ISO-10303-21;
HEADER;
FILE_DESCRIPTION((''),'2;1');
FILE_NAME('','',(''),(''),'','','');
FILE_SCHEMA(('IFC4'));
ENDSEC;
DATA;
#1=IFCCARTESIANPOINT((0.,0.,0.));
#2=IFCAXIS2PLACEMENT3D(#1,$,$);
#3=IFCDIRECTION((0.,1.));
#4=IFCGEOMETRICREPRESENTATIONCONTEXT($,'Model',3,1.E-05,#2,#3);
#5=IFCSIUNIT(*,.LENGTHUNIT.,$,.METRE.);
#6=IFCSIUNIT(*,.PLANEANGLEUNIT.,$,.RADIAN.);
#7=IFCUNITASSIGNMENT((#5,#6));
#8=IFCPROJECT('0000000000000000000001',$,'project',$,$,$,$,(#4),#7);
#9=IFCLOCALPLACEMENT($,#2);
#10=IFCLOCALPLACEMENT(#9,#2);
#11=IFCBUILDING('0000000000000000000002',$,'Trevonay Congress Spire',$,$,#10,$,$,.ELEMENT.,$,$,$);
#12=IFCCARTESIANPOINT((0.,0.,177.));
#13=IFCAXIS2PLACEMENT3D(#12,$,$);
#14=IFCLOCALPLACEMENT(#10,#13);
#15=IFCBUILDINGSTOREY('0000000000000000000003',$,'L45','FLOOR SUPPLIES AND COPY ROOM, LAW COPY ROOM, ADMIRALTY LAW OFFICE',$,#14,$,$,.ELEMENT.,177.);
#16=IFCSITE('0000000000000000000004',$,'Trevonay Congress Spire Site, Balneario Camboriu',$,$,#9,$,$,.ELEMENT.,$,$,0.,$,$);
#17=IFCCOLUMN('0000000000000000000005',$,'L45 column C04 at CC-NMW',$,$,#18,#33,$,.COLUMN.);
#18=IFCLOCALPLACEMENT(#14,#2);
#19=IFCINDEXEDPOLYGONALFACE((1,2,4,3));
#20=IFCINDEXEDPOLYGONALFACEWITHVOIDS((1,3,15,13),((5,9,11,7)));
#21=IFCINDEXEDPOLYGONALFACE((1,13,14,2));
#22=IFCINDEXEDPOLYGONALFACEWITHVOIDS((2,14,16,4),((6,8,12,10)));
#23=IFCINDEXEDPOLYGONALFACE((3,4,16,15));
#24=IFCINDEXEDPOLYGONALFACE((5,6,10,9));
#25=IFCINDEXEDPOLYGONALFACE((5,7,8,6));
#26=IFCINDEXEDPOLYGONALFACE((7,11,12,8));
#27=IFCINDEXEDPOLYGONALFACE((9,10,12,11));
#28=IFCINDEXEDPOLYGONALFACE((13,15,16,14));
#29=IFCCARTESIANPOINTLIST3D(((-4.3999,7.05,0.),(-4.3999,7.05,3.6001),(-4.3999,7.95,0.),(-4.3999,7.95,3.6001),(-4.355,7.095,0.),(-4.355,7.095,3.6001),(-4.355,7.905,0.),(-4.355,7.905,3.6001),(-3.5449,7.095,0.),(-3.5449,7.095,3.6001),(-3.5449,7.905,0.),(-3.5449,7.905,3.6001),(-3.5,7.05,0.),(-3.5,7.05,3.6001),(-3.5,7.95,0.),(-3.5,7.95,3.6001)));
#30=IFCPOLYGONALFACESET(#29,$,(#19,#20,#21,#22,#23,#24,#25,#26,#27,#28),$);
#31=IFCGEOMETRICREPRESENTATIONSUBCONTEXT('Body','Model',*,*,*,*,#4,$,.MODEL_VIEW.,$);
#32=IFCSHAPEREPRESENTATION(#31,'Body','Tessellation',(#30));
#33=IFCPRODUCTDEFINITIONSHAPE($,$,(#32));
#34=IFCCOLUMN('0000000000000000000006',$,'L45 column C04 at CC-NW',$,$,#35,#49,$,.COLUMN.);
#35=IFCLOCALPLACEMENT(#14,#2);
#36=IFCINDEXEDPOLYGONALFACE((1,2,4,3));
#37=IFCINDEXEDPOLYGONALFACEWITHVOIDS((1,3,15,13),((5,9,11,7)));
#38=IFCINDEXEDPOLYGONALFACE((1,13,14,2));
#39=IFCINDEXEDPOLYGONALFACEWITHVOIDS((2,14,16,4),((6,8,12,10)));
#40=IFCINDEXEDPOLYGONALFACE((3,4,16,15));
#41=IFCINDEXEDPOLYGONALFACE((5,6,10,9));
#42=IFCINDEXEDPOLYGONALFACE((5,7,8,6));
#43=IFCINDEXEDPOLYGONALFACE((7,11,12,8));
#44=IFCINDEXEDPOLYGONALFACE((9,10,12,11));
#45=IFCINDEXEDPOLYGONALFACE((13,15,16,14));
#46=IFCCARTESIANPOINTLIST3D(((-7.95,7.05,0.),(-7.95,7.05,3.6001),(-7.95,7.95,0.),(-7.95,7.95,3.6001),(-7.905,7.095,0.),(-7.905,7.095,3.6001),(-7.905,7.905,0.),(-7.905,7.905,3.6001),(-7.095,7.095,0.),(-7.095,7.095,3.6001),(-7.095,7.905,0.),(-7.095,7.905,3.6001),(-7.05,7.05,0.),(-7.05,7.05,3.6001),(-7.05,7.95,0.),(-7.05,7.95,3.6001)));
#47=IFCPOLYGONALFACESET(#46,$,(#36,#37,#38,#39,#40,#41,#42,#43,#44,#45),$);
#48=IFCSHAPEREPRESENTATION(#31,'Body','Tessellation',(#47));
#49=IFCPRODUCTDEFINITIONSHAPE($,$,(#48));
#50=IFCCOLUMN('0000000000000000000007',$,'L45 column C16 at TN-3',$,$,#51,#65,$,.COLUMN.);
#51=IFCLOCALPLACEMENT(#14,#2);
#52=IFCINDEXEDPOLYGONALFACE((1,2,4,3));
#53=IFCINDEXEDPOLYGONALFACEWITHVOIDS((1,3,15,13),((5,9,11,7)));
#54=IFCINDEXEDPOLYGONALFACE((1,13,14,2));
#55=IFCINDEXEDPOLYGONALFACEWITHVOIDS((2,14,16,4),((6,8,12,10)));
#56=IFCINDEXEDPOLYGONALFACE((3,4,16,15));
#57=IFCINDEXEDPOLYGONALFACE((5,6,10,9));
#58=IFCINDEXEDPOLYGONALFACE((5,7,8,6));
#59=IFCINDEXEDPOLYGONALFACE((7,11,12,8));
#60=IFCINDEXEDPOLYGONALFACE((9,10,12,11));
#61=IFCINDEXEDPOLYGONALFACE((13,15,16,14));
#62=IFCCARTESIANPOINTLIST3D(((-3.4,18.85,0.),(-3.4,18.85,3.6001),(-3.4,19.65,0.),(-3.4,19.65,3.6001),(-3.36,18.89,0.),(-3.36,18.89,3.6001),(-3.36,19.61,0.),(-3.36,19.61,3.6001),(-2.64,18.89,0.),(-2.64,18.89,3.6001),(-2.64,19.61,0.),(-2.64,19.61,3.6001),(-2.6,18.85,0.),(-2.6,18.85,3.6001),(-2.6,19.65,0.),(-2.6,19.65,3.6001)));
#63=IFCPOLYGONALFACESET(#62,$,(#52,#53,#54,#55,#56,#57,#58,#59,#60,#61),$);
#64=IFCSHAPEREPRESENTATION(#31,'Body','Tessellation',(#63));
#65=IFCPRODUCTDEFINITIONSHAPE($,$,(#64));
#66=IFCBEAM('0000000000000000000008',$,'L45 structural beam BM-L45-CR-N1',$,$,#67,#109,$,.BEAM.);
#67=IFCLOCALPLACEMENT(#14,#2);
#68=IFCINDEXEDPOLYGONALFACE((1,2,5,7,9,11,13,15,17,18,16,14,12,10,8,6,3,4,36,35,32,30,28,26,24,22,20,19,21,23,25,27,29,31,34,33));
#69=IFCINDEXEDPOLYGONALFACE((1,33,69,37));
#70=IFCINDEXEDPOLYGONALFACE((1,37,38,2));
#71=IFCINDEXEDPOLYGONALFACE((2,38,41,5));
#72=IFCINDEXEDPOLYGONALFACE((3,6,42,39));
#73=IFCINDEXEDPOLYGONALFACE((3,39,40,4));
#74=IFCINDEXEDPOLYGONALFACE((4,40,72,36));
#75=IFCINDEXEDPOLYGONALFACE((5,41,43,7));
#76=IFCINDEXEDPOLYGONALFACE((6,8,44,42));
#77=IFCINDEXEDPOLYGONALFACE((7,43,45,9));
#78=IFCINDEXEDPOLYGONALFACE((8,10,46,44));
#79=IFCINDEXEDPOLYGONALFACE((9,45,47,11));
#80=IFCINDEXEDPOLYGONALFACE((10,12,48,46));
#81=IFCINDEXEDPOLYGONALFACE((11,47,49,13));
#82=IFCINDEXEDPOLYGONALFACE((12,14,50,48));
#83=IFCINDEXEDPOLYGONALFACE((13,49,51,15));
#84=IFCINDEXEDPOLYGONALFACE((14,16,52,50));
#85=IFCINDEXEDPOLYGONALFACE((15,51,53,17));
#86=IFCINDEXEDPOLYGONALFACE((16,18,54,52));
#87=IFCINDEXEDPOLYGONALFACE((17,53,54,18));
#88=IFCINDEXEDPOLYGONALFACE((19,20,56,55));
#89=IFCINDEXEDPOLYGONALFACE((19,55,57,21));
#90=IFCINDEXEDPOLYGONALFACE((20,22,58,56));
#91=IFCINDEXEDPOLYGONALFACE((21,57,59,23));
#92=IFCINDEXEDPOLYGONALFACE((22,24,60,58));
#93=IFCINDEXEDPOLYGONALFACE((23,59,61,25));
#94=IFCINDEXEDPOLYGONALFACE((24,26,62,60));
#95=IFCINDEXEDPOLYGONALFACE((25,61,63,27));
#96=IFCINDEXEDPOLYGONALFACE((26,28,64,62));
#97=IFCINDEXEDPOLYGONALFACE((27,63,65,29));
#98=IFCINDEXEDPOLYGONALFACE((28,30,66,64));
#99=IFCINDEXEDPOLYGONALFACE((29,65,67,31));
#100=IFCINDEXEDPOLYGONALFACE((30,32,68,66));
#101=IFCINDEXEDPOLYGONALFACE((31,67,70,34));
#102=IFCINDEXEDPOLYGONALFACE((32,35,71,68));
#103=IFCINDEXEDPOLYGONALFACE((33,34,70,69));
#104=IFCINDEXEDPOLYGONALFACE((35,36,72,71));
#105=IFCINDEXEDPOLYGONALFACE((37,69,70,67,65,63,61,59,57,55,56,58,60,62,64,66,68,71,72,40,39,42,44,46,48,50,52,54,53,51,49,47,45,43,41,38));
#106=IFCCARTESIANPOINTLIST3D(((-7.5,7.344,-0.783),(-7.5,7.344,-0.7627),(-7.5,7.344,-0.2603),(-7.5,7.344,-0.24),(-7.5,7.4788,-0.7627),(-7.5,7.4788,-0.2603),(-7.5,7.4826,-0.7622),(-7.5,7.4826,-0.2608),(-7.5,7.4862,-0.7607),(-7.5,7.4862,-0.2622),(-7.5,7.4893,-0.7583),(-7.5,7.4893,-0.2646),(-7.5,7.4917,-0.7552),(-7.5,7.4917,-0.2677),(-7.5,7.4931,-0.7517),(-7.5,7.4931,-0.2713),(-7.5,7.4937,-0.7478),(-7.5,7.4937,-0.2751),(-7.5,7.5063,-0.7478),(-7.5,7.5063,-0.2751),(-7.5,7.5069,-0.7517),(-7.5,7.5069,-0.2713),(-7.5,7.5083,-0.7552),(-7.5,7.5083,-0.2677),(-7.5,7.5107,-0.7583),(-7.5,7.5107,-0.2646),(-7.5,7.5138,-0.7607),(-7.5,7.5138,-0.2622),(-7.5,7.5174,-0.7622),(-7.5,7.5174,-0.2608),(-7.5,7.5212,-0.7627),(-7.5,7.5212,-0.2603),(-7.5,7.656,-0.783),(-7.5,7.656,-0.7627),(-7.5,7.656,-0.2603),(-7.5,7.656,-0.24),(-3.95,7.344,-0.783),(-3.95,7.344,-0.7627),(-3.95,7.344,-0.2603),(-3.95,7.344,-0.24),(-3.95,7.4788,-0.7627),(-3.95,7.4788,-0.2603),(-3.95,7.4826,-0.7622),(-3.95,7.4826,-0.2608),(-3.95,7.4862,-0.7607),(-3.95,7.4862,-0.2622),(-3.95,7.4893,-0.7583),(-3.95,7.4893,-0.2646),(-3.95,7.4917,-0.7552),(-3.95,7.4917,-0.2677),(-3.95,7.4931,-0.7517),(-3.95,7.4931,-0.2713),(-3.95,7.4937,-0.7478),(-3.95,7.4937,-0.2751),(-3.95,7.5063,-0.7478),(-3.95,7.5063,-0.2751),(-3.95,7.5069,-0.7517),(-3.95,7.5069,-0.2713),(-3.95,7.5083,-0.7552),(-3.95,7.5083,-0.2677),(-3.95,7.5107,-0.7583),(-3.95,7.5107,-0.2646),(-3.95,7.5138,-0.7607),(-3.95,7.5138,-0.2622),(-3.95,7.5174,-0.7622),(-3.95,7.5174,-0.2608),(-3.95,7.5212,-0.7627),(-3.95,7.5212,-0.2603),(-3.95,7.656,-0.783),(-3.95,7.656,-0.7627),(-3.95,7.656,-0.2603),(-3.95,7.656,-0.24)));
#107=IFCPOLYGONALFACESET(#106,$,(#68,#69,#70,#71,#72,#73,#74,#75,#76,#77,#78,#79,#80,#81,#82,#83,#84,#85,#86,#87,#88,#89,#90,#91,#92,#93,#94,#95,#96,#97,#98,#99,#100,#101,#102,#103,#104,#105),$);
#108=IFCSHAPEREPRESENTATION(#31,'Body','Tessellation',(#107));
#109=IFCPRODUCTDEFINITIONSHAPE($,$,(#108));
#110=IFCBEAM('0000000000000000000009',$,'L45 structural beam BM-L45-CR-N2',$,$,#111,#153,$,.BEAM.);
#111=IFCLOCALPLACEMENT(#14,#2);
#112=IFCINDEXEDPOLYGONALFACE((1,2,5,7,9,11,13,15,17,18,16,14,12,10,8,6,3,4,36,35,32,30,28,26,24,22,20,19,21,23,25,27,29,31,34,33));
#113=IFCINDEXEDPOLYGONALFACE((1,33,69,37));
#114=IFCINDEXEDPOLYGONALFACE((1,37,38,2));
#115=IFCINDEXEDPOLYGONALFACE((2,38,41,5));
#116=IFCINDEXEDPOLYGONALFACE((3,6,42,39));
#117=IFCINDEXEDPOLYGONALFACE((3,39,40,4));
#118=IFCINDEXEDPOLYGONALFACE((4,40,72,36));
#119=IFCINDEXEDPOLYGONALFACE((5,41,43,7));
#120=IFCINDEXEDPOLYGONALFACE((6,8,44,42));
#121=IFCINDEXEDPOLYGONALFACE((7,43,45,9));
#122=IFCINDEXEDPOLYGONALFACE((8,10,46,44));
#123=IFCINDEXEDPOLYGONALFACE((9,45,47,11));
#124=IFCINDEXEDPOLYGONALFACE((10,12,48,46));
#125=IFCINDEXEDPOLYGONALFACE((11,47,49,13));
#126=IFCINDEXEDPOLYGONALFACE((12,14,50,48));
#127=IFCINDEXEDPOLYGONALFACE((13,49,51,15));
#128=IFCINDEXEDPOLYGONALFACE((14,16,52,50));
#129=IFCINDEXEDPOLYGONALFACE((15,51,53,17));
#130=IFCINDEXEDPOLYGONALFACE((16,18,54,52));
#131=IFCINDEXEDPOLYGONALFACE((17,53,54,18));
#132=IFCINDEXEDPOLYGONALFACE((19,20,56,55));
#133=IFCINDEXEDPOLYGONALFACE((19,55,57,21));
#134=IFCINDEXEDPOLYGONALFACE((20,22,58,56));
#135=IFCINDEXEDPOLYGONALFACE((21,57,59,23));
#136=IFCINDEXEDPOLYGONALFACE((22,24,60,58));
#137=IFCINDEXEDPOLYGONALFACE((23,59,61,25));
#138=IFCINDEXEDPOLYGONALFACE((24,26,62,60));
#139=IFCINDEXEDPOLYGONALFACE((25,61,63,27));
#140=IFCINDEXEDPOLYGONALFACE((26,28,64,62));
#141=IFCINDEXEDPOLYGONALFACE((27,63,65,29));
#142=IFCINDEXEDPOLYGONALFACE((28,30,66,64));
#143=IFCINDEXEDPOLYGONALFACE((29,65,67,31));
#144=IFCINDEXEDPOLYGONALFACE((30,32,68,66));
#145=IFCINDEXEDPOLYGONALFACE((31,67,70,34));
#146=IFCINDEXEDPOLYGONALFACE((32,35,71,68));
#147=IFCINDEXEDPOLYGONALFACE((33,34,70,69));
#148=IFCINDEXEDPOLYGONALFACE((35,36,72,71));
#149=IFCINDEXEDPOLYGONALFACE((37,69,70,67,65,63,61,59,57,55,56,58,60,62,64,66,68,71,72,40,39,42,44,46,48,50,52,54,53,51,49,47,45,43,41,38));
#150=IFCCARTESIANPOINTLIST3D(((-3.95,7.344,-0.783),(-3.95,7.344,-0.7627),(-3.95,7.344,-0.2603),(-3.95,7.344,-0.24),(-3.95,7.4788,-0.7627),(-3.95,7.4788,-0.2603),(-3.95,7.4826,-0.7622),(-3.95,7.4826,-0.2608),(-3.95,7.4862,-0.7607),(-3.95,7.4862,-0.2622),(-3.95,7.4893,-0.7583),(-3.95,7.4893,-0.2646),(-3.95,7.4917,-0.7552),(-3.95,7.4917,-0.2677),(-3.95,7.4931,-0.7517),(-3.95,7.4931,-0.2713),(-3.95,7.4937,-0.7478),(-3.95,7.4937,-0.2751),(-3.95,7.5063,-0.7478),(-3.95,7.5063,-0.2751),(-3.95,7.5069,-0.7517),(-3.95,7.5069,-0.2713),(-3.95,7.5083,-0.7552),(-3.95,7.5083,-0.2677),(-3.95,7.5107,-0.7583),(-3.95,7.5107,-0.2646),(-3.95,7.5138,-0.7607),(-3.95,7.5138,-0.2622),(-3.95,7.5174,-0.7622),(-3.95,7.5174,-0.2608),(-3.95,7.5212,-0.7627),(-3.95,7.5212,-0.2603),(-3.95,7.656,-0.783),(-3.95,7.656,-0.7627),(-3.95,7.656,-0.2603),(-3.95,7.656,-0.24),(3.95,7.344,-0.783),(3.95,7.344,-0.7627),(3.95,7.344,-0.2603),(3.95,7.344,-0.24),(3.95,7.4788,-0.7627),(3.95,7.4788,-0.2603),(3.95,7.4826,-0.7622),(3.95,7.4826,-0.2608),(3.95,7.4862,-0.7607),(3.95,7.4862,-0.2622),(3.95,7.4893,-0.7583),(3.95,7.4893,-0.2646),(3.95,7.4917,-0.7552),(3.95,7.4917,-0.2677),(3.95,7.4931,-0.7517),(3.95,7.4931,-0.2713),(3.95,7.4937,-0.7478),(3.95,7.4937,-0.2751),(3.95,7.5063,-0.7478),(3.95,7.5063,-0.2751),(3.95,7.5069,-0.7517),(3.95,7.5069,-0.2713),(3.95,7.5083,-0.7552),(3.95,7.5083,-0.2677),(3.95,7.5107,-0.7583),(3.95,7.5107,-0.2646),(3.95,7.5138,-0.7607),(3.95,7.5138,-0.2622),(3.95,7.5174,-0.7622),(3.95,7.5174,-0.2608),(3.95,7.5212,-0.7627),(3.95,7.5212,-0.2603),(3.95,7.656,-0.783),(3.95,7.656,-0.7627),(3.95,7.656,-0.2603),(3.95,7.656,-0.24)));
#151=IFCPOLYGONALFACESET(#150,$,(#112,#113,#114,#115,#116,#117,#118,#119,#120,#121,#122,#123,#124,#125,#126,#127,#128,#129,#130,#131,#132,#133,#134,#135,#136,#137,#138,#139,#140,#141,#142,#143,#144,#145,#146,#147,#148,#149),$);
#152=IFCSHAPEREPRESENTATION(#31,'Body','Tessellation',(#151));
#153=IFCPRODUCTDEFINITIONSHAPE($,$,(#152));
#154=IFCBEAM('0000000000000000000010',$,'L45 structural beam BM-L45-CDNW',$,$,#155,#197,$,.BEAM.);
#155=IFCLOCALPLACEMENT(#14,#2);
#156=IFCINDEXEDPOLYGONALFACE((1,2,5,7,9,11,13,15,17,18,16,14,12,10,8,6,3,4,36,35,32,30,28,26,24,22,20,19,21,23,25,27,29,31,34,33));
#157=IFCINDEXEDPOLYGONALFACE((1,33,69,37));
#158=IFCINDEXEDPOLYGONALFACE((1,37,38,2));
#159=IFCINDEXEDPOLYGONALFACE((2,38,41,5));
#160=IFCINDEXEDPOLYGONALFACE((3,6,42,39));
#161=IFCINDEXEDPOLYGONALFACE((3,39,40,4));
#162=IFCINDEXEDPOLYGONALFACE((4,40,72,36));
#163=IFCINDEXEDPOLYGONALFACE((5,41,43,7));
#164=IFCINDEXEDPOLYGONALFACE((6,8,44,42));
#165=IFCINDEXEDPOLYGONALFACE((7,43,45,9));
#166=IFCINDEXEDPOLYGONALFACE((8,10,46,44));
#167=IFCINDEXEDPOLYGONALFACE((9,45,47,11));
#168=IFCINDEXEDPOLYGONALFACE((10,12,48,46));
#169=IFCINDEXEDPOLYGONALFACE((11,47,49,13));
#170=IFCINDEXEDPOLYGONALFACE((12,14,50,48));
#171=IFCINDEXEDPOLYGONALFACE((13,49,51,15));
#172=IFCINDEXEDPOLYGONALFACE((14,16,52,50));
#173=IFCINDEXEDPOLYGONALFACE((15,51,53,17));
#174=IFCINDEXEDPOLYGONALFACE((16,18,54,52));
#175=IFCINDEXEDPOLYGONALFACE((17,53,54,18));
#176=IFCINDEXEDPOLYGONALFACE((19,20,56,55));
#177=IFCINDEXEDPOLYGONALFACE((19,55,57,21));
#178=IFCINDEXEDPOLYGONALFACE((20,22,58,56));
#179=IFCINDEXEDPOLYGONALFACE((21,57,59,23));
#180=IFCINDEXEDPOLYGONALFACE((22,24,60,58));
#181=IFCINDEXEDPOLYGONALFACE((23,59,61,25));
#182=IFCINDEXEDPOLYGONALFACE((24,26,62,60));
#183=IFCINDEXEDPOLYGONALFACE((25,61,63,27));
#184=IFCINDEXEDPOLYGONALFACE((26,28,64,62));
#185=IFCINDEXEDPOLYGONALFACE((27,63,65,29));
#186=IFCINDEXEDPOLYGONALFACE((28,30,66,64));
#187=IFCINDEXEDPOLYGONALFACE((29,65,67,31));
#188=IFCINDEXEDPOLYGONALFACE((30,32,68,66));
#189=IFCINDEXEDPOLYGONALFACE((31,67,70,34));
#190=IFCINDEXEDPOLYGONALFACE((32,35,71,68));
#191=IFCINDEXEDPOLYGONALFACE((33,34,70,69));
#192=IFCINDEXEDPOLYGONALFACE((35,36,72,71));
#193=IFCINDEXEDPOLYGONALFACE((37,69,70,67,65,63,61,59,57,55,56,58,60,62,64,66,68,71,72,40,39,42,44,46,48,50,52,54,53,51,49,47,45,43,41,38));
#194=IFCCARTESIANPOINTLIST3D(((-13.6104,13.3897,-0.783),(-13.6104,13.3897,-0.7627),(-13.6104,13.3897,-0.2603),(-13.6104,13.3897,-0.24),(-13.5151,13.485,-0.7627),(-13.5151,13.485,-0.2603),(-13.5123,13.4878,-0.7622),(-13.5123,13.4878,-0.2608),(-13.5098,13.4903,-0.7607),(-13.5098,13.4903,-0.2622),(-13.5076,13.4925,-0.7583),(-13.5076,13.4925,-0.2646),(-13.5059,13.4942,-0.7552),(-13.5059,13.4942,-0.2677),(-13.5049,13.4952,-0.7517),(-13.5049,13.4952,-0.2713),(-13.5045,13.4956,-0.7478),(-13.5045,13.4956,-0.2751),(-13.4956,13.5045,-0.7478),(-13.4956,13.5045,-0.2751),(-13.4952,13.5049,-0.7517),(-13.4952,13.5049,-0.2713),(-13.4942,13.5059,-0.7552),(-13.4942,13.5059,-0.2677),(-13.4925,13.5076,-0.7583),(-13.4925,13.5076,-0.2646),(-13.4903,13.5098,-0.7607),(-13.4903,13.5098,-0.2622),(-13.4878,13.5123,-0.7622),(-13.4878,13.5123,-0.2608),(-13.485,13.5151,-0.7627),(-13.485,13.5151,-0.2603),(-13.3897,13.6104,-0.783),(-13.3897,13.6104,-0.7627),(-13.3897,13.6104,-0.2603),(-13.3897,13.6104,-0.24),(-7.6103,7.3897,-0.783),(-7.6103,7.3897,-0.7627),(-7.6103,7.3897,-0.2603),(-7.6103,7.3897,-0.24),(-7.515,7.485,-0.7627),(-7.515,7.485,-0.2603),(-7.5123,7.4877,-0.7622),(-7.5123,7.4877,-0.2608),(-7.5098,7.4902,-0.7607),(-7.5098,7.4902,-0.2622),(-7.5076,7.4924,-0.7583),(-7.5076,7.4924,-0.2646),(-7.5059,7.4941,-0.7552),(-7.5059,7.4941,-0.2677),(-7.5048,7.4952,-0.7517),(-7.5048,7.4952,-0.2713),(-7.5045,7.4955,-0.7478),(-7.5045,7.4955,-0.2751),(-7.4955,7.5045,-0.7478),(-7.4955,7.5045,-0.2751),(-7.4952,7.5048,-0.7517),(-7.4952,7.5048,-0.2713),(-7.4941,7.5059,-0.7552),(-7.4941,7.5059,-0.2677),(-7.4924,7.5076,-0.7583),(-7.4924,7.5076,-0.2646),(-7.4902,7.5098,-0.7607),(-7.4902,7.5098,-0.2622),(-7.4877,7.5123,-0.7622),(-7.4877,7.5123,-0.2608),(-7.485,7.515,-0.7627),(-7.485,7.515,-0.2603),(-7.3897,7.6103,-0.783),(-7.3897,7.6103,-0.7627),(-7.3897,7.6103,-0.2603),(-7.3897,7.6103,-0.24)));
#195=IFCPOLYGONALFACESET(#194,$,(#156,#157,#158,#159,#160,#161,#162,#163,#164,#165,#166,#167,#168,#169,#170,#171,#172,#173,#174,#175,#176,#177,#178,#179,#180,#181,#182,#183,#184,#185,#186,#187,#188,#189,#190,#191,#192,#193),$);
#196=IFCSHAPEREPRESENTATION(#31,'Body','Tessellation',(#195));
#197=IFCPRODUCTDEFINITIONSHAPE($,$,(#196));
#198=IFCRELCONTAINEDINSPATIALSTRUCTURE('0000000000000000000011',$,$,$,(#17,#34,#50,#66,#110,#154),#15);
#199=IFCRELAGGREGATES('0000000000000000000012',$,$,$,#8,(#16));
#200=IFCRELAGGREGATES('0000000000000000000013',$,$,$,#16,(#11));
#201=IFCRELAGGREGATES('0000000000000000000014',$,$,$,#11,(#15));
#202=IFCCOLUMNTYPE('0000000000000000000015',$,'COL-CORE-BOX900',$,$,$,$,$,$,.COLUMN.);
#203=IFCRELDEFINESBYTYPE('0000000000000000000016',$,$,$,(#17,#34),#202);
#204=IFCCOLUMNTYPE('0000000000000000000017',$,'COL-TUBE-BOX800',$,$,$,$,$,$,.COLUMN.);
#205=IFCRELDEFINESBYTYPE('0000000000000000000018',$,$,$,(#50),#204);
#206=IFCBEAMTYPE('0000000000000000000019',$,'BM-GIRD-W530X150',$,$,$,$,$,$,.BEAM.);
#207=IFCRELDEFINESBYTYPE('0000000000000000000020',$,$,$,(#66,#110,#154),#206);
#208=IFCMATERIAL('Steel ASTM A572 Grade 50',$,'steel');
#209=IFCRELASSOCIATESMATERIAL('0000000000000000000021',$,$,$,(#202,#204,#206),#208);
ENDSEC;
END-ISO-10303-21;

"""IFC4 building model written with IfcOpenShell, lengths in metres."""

from ifc_helpers import new_model, si_unit, direction, frame, origin, origin_2d, place, context, subcontext, project, spatial, hollow_rectangle, i_section, extrude, material, material_profile, profile_set, type_object, element, save


model = new_model("IFC4")

# Units and contexts
model_context = context("Model", 3, precision=1e-05, world=origin(), true_north=direction((0.0, 1.0)))
body_context = subcontext(model_context, "Body", "Model", "MODEL_VIEW")
ifc_project = project(units=[si_unit("LENGTHUNIT", "METRE"), si_unit("PLANEANGLEUNIT", "RADIAN")], contexts=[model_context])

# Site, building, storey
site_placement = place(None, origin())
site = spatial("IfcSite", under=ifc_project, at=site_placement, Name="Trevonay Congress Spire Site, Balneario Camboriu", CompositionType="ELEMENT", RefElevation=0.0)
building_placement = place(site_placement, origin())
building = spatial("IfcBuilding", under=site, at=building_placement, Name="Trevonay Congress Spire", CompositionType="ELEMENT")
storey_placement = place(building_placement, frame((0.0, 0.0, 177.0)))
storey = spatial("IfcBuildingStorey", under=building, at=storey_placement, Name="L45", Description="FLOOR SUPPLIES AND COPY ROOM, LAW COPY ROOM, ADMIRALTY LAW OFFICE", CompositionType="ELEMENT", Elevation=177.0)

# Columns
ifc_material_1 = material(Name="Steel ASTM A572 Grade 50", Category="steel")
ifc_material_profile_1 = material_profile(ifc_material_1, hollow_rectangle(XDim=0.8999, YDim=0.8999, WallThickness=0.0449, at=origin_2d()), Name="BOX 900x900x45")
ifc_profile_set_1 = profile_set([ifc_material_profile_1], Name="Steel ASTM A572 Grade 50")
column_type_1 = type_object("IfcColumnType", Name="COL-CORE-BOX900", PredefinedType="COLUMN", material=ifc_profile_set_1)
for number, where, z_axis, x_axis, name in (
    (1, (-3.95, 7.5, 0.0), (0.0, 0.0, 1.0), (1.0, 0.0, 0.0), "L45 column C04 at CC-NMW"),
    (2, (-7.5, 7.5, 0.0), (0.0, 0.0, 1.0), (1.0, 0.0, 0.0), "L45 column C04 at CC-NW"),
):
    element("IfcColumn", number, at=place(storey_placement, frame(where, z_axis=z_axis, x_axis=x_axis)), inside=storey, type_object=column_type_1, Name=name, PredefinedType="COLUMN", context=body_context, shape_type="SweptSolid", body=[
        extrude(hollow_rectangle(XDim=0.8999, YDim=0.8999, WallThickness=0.0449, at=origin_2d()), origin(), (0.0, 0.0, 1.0), 3.6001),
    ])
ifc_material_profile_2 = material_profile(ifc_material_1, hollow_rectangle(XDim=0.8, YDim=0.8, WallThickness=0.04, at=origin_2d()), Name="BOX 800x800x40")
ifc_profile_set_2 = profile_set([ifc_material_profile_2], Name="Steel ASTM A572 Grade 50")
column_type_2 = type_object("IfcColumnType", Name="COL-TUBE-BOX800", PredefinedType="COLUMN", material=ifc_profile_set_2)
column_placement = place(storey_placement, frame((-3.0, 19.25, 0.0), z_axis=(0.0, 0.0, 1.0), x_axis=(1.0, 0.0, 0.0)))
element("IfcColumn", 3, at=column_placement, inside=storey, type_object=column_type_2, Name="L45 column C16 at TN-3", PredefinedType="COLUMN", context=body_context, shape_type="SweptSolid", body=[
    extrude(hollow_rectangle(XDim=0.8, YDim=0.8, WallThickness=0.04, at=origin_2d()), origin(), (0.0, 0.0, 1.0), 3.6001),
])

# Beams
ifc_material_profile_3 = material_profile(ifc_material_1, i_section(OverallWidth=0.312, OverallDepth=0.543, WebThickness=0.0127, FlangeThickness=0.0203, FilletRadius=0.0149, at=origin_2d()), Name="W530x150")
ifc_profile_set_3 = profile_set([ifc_material_profile_3], Name="Steel ASTM A572 Grade 50")
beam_type_1 = type_object("IfcBeamType", Name="BM-GIRD-W530X150", PredefinedType="BEAM", material=ifc_profile_set_3)
beam_1_placement = place(storey_placement, frame((-7.5, 7.5, -0.5115), z_axis=(1.0, 0.0, 0.0), x_axis=(0.0, 1.0, 0.0)))
element("IfcBeam", 4, at=beam_1_placement, inside=storey, type_object=beam_type_1, Name="L45 structural beam BM-L45-CR-N1", PredefinedType="BEAM", context=body_context, shape_type="SweptSolid", body=[
    extrude(i_section(OverallWidth=0.312, OverallDepth=0.543, WebThickness=0.0127, FlangeThickness=0.0203, FilletRadius=0.0149, at=origin_2d()), origin(), (0.0, 0.0, 1.0), 3.55),
])
beam_2_placement = place(storey_placement, frame((-3.95, 7.5, -0.5115), z_axis=(1.0, 0.0, 0.0), x_axis=(0.0, 1.0, 0.0)))
element("IfcBeam", 5, at=beam_2_placement, inside=storey, type_object=beam_type_1, Name="L45 structural beam BM-L45-CR-N2", PredefinedType="BEAM", context=body_context, shape_type="SweptSolid", body=[
    extrude(i_section(OverallWidth=0.312, OverallDepth=0.543, WebThickness=0.0127, FlangeThickness=0.0203, FilletRadius=0.0149, at=origin_2d()), origin(), (0.0, 0.0, 1.0), 7.8999),
])
beam_3_placement = place(storey_placement, frame((-7.5, 7.5, -0.5115), z_axis=(-0.707107, 0.707107, 0.0), x_axis=(-0.707107, -0.707107, 0.0)))
element("IfcBeam", 6, at=beam_3_placement, inside=storey, type_object=beam_type_1, Name="L45 structural beam BM-L45-CDNW", PredefinedType="BEAM", context=body_context, shape_type="SweptSolid", body=[
    extrude(i_section(OverallWidth=0.312, OverallDepth=0.543, WebThickness=0.0127, FlangeThickness=0.0203, FilletRadius=0.0149, at=origin_2d()), origin(), (0.0, 0.0, 1.0), 8.4854),
])

save(model, "model.ifc")
